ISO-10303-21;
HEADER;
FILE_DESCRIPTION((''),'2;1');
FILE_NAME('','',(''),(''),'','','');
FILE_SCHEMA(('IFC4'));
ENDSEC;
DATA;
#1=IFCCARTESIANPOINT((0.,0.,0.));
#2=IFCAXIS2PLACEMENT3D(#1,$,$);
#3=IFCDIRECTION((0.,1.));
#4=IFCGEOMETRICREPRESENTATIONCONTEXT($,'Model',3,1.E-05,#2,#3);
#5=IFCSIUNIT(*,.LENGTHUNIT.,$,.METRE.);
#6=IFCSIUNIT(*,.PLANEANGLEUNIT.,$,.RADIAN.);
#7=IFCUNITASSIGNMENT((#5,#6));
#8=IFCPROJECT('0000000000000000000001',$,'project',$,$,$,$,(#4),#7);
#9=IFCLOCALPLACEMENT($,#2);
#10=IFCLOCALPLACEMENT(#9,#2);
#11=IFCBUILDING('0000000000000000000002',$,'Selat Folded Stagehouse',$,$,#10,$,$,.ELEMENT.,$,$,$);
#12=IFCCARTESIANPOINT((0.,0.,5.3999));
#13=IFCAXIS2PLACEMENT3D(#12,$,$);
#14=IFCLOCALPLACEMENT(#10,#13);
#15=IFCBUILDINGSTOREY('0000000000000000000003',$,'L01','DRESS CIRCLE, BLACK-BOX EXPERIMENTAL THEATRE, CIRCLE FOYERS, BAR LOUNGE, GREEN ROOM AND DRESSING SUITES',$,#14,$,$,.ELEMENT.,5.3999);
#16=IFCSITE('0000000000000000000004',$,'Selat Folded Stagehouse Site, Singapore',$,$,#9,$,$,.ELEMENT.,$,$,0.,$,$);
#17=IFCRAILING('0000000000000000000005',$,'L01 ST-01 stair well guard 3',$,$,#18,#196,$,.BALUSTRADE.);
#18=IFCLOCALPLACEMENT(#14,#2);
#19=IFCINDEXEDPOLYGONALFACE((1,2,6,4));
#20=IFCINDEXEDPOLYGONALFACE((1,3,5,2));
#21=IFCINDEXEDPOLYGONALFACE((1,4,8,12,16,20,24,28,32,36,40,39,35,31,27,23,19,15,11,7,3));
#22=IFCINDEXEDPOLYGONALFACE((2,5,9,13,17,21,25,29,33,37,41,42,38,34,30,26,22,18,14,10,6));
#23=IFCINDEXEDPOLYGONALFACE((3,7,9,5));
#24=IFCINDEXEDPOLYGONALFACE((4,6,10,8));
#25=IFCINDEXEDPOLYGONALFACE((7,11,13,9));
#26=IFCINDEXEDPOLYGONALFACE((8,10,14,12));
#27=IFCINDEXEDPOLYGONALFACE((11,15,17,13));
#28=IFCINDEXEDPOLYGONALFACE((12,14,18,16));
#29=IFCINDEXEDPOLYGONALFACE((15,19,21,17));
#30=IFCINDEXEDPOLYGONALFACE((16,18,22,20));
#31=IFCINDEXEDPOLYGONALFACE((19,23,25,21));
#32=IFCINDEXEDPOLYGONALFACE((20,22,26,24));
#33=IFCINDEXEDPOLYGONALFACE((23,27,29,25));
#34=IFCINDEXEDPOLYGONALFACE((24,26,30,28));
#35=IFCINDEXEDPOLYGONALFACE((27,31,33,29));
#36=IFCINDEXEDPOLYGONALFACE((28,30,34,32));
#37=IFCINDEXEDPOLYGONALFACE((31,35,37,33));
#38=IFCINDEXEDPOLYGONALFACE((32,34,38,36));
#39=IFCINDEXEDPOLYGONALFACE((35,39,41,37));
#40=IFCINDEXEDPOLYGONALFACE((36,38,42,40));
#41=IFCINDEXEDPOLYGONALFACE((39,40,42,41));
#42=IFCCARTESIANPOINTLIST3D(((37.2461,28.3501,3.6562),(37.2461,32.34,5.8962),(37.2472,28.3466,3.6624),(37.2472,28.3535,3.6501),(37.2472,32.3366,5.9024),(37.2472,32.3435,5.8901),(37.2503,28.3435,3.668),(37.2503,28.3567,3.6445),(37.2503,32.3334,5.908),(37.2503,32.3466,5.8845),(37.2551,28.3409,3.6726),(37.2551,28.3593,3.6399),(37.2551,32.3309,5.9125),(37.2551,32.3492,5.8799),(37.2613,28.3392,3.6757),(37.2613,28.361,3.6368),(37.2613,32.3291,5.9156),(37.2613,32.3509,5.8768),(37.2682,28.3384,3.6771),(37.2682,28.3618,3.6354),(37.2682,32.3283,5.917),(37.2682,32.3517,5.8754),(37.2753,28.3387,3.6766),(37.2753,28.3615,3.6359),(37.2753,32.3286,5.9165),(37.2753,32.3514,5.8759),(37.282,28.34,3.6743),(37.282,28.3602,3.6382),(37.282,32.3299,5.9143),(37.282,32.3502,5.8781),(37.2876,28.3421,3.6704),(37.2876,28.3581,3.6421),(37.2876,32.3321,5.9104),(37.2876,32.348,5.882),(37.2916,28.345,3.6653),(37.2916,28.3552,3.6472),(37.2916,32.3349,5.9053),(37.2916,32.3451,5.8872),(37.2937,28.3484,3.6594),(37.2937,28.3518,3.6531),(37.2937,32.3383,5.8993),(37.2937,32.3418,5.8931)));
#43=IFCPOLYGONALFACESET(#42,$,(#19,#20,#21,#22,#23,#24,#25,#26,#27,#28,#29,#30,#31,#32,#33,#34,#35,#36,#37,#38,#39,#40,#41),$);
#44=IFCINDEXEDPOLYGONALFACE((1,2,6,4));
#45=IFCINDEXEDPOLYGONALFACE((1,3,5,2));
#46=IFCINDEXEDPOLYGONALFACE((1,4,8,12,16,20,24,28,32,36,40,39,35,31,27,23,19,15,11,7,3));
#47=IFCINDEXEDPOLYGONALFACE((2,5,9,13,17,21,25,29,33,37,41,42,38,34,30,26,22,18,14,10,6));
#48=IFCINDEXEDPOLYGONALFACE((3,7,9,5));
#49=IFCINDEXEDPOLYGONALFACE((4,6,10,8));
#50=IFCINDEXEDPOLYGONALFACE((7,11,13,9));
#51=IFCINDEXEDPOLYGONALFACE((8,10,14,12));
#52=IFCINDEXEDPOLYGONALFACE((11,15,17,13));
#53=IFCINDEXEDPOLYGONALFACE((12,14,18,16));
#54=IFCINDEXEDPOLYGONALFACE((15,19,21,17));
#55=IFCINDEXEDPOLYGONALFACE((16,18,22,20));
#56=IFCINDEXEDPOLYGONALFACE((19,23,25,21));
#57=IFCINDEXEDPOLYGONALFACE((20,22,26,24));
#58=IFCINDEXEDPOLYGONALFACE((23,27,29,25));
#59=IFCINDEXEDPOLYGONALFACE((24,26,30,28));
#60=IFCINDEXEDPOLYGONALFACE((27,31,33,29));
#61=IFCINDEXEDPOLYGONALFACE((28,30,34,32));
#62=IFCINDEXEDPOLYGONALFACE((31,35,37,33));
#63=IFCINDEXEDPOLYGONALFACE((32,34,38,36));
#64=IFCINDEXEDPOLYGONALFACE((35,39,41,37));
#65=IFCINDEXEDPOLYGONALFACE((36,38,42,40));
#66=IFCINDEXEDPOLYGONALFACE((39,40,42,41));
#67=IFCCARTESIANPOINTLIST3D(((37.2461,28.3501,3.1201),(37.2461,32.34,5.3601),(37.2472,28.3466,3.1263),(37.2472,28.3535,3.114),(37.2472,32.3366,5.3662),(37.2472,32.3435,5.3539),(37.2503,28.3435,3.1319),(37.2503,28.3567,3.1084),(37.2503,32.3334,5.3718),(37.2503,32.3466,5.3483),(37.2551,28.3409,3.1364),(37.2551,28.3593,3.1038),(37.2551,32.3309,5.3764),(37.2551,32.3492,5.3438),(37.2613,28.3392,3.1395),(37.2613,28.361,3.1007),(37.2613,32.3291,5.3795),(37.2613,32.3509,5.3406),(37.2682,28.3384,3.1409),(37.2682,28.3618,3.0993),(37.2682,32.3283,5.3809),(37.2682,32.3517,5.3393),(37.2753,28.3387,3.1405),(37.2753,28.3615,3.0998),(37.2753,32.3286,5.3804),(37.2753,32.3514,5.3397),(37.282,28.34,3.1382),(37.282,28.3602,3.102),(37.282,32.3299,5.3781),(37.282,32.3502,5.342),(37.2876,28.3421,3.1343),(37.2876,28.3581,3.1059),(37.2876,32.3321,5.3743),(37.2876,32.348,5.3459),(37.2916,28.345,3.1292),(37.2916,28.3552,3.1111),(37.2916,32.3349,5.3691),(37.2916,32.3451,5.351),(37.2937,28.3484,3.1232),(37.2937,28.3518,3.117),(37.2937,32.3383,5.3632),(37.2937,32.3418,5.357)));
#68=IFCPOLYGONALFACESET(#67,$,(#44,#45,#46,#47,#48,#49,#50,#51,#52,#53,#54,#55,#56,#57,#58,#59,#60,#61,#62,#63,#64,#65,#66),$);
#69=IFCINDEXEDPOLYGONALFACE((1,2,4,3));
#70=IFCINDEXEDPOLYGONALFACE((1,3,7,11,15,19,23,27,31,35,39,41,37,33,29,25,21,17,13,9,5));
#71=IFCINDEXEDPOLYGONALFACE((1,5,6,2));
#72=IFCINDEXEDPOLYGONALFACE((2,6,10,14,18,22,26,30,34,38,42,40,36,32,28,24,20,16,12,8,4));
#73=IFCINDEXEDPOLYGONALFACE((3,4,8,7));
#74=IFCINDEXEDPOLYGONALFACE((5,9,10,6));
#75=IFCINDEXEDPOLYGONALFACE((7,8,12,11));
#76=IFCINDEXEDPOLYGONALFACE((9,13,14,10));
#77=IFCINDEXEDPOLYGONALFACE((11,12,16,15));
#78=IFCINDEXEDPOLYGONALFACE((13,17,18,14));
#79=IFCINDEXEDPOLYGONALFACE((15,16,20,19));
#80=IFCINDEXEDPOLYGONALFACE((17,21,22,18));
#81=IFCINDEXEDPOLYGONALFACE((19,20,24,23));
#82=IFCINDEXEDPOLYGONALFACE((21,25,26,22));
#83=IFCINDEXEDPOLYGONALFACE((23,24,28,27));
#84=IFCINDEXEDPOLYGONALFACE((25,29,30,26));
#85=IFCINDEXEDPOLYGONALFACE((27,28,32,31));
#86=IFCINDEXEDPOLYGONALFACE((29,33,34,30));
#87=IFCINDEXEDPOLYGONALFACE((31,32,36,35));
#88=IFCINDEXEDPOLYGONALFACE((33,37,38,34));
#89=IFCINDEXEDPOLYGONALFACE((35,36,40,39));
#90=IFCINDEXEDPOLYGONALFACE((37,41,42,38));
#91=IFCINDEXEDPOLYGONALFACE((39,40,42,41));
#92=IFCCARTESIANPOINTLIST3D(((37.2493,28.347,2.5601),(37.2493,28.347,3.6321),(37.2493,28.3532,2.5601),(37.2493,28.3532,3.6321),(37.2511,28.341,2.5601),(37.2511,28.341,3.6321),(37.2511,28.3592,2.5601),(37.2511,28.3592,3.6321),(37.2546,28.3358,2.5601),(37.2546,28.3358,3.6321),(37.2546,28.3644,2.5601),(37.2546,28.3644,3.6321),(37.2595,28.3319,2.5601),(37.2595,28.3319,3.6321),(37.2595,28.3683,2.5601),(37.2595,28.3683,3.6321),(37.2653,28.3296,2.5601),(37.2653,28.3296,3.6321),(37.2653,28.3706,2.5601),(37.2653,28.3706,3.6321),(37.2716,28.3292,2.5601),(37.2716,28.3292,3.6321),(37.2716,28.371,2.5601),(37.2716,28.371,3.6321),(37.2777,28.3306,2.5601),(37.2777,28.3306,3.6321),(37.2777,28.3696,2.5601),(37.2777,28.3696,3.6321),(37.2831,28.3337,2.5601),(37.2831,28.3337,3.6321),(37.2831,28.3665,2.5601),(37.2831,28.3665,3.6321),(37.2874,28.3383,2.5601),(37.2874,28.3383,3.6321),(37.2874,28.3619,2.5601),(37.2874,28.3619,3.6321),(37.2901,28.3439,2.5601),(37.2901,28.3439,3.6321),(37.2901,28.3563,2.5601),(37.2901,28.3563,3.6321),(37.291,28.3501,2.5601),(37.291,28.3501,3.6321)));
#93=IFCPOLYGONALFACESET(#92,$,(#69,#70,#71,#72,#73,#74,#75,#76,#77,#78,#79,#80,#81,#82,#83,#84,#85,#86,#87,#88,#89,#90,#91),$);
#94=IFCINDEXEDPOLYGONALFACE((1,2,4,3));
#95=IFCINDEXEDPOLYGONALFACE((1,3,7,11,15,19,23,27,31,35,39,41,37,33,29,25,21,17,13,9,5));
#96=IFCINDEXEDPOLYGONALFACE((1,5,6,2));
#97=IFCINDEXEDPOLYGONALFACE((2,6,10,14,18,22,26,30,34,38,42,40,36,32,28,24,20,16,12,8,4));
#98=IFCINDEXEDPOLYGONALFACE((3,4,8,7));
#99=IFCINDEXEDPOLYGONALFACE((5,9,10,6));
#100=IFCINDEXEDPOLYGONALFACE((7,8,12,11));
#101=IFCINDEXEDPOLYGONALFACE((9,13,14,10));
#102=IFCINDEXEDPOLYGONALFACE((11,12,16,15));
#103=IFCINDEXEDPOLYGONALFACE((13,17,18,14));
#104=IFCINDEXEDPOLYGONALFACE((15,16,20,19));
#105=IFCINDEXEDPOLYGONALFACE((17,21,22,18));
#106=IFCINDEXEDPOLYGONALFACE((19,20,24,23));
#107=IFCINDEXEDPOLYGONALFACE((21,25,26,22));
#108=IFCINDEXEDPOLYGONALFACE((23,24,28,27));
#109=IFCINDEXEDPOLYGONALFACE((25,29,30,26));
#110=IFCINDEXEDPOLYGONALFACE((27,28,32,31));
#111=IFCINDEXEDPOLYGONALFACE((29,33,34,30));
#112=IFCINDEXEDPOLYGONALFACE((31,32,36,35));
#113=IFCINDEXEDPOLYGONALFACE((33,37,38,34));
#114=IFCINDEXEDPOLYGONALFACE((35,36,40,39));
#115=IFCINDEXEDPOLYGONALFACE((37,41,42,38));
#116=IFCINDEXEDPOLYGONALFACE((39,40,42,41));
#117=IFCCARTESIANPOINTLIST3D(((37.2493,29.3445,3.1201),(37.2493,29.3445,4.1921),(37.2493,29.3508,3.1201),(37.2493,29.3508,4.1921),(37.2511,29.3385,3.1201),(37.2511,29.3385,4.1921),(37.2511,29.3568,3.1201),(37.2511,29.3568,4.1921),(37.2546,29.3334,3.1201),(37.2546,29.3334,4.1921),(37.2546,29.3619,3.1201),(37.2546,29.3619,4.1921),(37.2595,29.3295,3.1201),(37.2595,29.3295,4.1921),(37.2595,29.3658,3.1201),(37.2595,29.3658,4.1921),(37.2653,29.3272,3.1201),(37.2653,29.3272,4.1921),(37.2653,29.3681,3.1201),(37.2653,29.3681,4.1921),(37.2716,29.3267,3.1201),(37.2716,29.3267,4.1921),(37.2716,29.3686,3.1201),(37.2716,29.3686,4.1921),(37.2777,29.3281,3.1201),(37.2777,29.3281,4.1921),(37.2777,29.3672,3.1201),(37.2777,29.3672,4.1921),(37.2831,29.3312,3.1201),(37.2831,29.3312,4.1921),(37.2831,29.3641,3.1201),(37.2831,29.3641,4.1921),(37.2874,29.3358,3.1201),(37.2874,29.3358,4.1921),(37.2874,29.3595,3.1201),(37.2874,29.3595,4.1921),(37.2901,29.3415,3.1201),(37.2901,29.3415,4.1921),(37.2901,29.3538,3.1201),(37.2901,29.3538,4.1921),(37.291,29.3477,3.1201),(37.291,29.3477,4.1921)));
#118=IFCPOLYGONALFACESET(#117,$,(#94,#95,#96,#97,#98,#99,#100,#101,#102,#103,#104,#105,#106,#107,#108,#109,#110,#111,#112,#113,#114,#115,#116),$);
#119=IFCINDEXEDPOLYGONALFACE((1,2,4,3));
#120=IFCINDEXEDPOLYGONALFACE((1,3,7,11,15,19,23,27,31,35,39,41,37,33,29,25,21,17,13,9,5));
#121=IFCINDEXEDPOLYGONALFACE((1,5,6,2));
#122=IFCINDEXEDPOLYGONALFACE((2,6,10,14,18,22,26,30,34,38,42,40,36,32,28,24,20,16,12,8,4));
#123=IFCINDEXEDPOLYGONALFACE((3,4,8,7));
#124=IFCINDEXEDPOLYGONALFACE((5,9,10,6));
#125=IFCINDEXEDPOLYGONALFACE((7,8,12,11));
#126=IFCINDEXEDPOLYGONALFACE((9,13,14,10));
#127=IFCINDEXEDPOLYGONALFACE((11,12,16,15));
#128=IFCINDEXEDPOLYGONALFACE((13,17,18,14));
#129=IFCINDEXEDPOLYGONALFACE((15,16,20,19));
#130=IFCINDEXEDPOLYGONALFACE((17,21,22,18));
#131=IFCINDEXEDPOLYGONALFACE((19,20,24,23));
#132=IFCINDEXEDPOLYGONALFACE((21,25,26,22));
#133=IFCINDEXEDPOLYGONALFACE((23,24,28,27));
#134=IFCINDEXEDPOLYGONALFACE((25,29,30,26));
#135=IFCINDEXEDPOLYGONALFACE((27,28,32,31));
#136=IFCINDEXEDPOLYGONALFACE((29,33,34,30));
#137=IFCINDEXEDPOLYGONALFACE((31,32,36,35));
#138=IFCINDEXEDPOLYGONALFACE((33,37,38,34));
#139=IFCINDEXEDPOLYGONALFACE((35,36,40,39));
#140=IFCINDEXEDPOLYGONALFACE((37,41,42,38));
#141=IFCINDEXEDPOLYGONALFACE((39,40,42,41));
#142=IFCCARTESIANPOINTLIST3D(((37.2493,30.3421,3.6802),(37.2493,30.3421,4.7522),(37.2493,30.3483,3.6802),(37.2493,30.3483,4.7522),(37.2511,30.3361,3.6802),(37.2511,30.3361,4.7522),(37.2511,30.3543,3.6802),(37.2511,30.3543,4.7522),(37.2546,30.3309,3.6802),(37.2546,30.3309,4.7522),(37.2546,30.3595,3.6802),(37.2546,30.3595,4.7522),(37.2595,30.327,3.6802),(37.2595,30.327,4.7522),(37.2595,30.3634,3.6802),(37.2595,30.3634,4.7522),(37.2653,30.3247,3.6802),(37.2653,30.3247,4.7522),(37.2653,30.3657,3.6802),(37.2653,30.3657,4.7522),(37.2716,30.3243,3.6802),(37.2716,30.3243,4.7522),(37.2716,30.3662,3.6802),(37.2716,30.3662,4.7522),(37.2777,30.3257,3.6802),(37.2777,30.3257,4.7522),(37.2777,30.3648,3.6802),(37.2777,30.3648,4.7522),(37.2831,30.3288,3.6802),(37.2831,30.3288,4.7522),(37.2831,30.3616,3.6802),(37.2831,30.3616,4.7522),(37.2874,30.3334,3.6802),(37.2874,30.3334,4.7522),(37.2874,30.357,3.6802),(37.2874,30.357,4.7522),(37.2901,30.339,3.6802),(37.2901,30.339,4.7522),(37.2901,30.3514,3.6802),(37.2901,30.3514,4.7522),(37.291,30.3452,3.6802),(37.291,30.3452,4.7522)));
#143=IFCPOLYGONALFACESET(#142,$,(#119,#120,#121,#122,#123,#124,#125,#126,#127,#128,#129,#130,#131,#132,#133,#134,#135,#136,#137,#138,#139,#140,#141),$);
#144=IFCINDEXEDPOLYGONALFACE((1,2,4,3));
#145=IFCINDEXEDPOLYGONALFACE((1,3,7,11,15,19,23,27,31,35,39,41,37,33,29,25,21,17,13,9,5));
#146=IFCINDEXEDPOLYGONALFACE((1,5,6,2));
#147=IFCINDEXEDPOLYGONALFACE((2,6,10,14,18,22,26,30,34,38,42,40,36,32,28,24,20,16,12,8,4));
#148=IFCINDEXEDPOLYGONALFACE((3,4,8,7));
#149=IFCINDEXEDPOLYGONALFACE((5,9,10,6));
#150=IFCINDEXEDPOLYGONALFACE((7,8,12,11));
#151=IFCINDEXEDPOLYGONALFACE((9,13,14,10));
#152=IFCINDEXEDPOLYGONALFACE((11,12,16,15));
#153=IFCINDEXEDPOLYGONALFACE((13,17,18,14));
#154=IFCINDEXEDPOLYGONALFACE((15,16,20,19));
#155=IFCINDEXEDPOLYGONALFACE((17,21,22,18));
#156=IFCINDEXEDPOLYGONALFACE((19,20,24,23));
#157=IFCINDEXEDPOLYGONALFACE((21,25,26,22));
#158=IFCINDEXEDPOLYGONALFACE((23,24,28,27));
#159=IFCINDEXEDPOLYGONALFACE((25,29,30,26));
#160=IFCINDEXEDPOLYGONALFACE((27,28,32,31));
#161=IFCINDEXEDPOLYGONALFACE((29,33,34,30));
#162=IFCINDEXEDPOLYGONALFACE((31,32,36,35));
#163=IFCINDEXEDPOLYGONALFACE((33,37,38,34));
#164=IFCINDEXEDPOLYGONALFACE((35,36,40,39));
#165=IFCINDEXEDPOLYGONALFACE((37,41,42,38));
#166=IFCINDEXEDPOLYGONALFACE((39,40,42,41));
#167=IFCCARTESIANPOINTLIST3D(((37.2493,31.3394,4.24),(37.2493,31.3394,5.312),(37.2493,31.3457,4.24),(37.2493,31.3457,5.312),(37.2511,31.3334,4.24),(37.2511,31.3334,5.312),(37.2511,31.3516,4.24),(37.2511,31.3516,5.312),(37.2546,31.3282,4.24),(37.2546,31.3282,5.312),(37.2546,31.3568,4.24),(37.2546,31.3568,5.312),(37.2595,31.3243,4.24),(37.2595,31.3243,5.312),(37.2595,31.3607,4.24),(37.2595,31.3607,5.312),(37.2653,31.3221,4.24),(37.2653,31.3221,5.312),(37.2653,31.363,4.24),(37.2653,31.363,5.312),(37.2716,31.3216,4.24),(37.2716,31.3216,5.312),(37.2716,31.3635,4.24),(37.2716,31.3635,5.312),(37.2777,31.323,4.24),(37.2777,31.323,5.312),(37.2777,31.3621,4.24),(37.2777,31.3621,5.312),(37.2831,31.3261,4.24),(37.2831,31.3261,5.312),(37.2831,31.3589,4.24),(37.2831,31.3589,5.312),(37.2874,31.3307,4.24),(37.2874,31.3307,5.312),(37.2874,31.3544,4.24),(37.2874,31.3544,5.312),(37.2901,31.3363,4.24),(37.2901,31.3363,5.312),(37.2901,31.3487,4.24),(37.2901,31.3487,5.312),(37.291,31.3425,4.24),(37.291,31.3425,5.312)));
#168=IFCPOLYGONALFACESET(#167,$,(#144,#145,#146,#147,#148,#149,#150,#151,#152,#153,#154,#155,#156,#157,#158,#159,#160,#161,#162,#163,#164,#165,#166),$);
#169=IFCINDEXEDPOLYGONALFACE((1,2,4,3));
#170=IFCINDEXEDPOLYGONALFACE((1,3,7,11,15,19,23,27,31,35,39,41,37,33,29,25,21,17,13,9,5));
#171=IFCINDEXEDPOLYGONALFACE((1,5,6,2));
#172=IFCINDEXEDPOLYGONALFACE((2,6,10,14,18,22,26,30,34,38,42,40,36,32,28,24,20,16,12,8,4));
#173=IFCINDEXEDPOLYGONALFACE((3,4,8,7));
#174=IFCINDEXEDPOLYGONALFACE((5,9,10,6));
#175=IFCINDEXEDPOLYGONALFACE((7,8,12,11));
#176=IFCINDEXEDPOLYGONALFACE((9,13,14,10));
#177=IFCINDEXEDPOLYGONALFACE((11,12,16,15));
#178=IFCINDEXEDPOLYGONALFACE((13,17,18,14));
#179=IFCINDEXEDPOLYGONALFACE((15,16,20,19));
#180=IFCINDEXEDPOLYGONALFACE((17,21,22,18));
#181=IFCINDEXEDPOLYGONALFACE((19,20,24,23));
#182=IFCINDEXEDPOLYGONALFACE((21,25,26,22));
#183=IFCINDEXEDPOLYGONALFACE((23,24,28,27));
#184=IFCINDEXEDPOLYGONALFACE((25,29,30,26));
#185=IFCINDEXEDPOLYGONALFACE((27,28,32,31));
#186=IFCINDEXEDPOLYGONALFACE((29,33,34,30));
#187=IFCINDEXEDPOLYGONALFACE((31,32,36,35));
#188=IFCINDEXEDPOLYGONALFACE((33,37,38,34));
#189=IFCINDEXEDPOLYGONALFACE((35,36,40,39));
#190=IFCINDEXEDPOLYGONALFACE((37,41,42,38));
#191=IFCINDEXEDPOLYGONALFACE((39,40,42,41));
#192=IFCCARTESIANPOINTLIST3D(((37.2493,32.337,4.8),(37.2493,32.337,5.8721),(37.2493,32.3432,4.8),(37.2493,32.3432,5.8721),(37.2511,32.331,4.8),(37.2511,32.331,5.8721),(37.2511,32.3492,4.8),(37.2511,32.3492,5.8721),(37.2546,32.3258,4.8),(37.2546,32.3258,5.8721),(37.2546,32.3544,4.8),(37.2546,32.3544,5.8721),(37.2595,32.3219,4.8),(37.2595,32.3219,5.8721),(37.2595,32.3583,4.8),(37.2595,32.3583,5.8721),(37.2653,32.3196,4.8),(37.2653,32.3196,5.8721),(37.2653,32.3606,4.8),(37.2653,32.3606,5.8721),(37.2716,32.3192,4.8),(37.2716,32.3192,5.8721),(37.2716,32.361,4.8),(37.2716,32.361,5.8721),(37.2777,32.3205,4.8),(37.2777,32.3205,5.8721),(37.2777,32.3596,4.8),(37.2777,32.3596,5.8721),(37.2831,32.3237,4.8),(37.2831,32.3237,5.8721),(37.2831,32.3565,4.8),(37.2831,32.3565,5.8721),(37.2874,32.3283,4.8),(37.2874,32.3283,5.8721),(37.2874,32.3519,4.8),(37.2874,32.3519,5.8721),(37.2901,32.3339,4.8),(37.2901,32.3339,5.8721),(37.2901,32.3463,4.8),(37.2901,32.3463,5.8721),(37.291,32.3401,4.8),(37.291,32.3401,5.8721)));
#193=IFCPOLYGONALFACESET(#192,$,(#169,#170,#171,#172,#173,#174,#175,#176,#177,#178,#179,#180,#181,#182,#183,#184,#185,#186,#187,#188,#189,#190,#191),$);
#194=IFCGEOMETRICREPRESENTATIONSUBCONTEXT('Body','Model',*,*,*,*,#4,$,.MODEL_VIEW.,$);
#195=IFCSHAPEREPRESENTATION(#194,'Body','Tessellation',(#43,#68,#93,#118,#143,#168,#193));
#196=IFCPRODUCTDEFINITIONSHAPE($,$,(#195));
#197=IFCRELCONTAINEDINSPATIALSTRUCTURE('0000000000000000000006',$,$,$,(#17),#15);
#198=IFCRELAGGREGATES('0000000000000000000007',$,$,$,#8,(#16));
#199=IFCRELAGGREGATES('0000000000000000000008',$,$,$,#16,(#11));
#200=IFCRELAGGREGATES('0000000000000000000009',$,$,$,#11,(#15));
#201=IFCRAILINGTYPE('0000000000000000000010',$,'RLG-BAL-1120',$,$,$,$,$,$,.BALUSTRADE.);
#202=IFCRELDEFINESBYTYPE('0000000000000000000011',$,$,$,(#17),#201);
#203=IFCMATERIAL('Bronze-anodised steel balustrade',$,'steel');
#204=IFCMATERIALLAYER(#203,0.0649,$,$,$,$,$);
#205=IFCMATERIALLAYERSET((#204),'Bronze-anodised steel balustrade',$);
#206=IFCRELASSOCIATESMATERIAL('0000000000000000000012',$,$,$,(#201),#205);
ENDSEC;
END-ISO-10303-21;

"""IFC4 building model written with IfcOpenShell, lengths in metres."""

from ifc_helpers import new_model, si_unit, direction, frame, origin, origin_2d, place, context, subcontext, project, spatial, circle, extrude, material, layer, layer_set, type_object, element, save


model = new_model("IFC4")

# Units and contexts
model_context = context("Model", 3, precision=1e-05, world=origin(), true_north=direction((0.0, 1.0)))
body_context = subcontext(model_context, "Body", "Model", "MODEL_VIEW")
ifc_project = project(units=[si_unit("LENGTHUNIT", "METRE"), si_unit("PLANEANGLEUNIT", "RADIAN")], contexts=[model_context])

# Site, building, storey
site_placement = place(None, origin())
site = spatial("IfcSite", under=ifc_project, at=site_placement, Name="Selat Folded Stagehouse Site, Singapore", CompositionType="ELEMENT", RefElevation=0.0)
building_placement = place(site_placement, origin())
building = spatial("IfcBuilding", under=site, at=building_placement, Name="Selat Folded Stagehouse", CompositionType="ELEMENT")
storey_placement = place(building_placement, frame((0.0, 0.0, 5.3999)))
storey = spatial("IfcBuildingStorey", under=building, at=storey_placement, Name="L01", Description="DRESS CIRCLE, BLACK-BOX EXPERIMENTAL THEATRE, CIRCLE FOYERS, BAR LOUNGE, GREEN ROOM AND DRESSING SUITES", CompositionType="ELEMENT", Elevation=5.3999)

# Railing
ifc_material_1 = material(Name="Bronze-anodised steel balustrade", Category="steel")
ifc_layer_1 = layer(ifc_material_1, 0.0649)
ifc_layer_set_1 = layer_set([ifc_layer_1], Name="Bronze-anodised steel balustrade")
railing_type_1 = type_object("IfcRailingType", Name="RLG-BAL-1120", PredefinedType="BALUSTRADE", material=ifc_layer_set_1)
railing_1_placement = place(storey_placement, frame((37.27, 28.3501, 2.5601)))
element("IfcRailing", 1, at=railing_1_placement, inside=storey, type_object=railing_type_1, Name="L01 ST-01 stair well guard 3", PredefinedType="BALUSTRADE", context=body_context, shape_type="SweptSolid", body=[
    extrude(circle(Radius=0.0239, at=origin_2d()), frame((0.0, 0.0, 1.0962), z_axis=(0.0, 0.871984, 0.489534), x_axis=(-1.0, 0.0, 0.0)), (0.0, 0.0, 1.0), 4.5757),
    extrude(circle(Radius=0.0239, at=origin_2d()), frame((0.0, 0.0, 0.5601), z_axis=(0.0, 0.871984, 0.489534), x_axis=(-1.0, 0.0, 0.0)), (0.0, 0.0, 1.0), 4.5757),
    extrude(circle(Radius=0.021, at=origin_2d()), origin(), (0.0, 0.0, 1.0), 1.072),
    extrude(circle(Radius=0.021, at=origin_2d()), frame((0.0, 0.9976, 0.5601)), (0.0, 0.0, 1.0), 1.072),
    extrude(circle(Radius=0.021, at=origin_2d()), frame((0.0, 1.9951, 1.1201)), (0.0, 0.0, 1.0), 1.072),
    extrude(circle(Radius=0.021, at=origin_2d()), frame((0.0, 2.9924, 1.6799)), (0.0, 0.0, 1.0), 1.072),
    extrude(circle(Radius=0.021, at=origin_2d()), frame((0.0, 3.99, 2.24)), (0.0, 0.0, 1.0), 1.072),
])

save(model, "model.ifc")
